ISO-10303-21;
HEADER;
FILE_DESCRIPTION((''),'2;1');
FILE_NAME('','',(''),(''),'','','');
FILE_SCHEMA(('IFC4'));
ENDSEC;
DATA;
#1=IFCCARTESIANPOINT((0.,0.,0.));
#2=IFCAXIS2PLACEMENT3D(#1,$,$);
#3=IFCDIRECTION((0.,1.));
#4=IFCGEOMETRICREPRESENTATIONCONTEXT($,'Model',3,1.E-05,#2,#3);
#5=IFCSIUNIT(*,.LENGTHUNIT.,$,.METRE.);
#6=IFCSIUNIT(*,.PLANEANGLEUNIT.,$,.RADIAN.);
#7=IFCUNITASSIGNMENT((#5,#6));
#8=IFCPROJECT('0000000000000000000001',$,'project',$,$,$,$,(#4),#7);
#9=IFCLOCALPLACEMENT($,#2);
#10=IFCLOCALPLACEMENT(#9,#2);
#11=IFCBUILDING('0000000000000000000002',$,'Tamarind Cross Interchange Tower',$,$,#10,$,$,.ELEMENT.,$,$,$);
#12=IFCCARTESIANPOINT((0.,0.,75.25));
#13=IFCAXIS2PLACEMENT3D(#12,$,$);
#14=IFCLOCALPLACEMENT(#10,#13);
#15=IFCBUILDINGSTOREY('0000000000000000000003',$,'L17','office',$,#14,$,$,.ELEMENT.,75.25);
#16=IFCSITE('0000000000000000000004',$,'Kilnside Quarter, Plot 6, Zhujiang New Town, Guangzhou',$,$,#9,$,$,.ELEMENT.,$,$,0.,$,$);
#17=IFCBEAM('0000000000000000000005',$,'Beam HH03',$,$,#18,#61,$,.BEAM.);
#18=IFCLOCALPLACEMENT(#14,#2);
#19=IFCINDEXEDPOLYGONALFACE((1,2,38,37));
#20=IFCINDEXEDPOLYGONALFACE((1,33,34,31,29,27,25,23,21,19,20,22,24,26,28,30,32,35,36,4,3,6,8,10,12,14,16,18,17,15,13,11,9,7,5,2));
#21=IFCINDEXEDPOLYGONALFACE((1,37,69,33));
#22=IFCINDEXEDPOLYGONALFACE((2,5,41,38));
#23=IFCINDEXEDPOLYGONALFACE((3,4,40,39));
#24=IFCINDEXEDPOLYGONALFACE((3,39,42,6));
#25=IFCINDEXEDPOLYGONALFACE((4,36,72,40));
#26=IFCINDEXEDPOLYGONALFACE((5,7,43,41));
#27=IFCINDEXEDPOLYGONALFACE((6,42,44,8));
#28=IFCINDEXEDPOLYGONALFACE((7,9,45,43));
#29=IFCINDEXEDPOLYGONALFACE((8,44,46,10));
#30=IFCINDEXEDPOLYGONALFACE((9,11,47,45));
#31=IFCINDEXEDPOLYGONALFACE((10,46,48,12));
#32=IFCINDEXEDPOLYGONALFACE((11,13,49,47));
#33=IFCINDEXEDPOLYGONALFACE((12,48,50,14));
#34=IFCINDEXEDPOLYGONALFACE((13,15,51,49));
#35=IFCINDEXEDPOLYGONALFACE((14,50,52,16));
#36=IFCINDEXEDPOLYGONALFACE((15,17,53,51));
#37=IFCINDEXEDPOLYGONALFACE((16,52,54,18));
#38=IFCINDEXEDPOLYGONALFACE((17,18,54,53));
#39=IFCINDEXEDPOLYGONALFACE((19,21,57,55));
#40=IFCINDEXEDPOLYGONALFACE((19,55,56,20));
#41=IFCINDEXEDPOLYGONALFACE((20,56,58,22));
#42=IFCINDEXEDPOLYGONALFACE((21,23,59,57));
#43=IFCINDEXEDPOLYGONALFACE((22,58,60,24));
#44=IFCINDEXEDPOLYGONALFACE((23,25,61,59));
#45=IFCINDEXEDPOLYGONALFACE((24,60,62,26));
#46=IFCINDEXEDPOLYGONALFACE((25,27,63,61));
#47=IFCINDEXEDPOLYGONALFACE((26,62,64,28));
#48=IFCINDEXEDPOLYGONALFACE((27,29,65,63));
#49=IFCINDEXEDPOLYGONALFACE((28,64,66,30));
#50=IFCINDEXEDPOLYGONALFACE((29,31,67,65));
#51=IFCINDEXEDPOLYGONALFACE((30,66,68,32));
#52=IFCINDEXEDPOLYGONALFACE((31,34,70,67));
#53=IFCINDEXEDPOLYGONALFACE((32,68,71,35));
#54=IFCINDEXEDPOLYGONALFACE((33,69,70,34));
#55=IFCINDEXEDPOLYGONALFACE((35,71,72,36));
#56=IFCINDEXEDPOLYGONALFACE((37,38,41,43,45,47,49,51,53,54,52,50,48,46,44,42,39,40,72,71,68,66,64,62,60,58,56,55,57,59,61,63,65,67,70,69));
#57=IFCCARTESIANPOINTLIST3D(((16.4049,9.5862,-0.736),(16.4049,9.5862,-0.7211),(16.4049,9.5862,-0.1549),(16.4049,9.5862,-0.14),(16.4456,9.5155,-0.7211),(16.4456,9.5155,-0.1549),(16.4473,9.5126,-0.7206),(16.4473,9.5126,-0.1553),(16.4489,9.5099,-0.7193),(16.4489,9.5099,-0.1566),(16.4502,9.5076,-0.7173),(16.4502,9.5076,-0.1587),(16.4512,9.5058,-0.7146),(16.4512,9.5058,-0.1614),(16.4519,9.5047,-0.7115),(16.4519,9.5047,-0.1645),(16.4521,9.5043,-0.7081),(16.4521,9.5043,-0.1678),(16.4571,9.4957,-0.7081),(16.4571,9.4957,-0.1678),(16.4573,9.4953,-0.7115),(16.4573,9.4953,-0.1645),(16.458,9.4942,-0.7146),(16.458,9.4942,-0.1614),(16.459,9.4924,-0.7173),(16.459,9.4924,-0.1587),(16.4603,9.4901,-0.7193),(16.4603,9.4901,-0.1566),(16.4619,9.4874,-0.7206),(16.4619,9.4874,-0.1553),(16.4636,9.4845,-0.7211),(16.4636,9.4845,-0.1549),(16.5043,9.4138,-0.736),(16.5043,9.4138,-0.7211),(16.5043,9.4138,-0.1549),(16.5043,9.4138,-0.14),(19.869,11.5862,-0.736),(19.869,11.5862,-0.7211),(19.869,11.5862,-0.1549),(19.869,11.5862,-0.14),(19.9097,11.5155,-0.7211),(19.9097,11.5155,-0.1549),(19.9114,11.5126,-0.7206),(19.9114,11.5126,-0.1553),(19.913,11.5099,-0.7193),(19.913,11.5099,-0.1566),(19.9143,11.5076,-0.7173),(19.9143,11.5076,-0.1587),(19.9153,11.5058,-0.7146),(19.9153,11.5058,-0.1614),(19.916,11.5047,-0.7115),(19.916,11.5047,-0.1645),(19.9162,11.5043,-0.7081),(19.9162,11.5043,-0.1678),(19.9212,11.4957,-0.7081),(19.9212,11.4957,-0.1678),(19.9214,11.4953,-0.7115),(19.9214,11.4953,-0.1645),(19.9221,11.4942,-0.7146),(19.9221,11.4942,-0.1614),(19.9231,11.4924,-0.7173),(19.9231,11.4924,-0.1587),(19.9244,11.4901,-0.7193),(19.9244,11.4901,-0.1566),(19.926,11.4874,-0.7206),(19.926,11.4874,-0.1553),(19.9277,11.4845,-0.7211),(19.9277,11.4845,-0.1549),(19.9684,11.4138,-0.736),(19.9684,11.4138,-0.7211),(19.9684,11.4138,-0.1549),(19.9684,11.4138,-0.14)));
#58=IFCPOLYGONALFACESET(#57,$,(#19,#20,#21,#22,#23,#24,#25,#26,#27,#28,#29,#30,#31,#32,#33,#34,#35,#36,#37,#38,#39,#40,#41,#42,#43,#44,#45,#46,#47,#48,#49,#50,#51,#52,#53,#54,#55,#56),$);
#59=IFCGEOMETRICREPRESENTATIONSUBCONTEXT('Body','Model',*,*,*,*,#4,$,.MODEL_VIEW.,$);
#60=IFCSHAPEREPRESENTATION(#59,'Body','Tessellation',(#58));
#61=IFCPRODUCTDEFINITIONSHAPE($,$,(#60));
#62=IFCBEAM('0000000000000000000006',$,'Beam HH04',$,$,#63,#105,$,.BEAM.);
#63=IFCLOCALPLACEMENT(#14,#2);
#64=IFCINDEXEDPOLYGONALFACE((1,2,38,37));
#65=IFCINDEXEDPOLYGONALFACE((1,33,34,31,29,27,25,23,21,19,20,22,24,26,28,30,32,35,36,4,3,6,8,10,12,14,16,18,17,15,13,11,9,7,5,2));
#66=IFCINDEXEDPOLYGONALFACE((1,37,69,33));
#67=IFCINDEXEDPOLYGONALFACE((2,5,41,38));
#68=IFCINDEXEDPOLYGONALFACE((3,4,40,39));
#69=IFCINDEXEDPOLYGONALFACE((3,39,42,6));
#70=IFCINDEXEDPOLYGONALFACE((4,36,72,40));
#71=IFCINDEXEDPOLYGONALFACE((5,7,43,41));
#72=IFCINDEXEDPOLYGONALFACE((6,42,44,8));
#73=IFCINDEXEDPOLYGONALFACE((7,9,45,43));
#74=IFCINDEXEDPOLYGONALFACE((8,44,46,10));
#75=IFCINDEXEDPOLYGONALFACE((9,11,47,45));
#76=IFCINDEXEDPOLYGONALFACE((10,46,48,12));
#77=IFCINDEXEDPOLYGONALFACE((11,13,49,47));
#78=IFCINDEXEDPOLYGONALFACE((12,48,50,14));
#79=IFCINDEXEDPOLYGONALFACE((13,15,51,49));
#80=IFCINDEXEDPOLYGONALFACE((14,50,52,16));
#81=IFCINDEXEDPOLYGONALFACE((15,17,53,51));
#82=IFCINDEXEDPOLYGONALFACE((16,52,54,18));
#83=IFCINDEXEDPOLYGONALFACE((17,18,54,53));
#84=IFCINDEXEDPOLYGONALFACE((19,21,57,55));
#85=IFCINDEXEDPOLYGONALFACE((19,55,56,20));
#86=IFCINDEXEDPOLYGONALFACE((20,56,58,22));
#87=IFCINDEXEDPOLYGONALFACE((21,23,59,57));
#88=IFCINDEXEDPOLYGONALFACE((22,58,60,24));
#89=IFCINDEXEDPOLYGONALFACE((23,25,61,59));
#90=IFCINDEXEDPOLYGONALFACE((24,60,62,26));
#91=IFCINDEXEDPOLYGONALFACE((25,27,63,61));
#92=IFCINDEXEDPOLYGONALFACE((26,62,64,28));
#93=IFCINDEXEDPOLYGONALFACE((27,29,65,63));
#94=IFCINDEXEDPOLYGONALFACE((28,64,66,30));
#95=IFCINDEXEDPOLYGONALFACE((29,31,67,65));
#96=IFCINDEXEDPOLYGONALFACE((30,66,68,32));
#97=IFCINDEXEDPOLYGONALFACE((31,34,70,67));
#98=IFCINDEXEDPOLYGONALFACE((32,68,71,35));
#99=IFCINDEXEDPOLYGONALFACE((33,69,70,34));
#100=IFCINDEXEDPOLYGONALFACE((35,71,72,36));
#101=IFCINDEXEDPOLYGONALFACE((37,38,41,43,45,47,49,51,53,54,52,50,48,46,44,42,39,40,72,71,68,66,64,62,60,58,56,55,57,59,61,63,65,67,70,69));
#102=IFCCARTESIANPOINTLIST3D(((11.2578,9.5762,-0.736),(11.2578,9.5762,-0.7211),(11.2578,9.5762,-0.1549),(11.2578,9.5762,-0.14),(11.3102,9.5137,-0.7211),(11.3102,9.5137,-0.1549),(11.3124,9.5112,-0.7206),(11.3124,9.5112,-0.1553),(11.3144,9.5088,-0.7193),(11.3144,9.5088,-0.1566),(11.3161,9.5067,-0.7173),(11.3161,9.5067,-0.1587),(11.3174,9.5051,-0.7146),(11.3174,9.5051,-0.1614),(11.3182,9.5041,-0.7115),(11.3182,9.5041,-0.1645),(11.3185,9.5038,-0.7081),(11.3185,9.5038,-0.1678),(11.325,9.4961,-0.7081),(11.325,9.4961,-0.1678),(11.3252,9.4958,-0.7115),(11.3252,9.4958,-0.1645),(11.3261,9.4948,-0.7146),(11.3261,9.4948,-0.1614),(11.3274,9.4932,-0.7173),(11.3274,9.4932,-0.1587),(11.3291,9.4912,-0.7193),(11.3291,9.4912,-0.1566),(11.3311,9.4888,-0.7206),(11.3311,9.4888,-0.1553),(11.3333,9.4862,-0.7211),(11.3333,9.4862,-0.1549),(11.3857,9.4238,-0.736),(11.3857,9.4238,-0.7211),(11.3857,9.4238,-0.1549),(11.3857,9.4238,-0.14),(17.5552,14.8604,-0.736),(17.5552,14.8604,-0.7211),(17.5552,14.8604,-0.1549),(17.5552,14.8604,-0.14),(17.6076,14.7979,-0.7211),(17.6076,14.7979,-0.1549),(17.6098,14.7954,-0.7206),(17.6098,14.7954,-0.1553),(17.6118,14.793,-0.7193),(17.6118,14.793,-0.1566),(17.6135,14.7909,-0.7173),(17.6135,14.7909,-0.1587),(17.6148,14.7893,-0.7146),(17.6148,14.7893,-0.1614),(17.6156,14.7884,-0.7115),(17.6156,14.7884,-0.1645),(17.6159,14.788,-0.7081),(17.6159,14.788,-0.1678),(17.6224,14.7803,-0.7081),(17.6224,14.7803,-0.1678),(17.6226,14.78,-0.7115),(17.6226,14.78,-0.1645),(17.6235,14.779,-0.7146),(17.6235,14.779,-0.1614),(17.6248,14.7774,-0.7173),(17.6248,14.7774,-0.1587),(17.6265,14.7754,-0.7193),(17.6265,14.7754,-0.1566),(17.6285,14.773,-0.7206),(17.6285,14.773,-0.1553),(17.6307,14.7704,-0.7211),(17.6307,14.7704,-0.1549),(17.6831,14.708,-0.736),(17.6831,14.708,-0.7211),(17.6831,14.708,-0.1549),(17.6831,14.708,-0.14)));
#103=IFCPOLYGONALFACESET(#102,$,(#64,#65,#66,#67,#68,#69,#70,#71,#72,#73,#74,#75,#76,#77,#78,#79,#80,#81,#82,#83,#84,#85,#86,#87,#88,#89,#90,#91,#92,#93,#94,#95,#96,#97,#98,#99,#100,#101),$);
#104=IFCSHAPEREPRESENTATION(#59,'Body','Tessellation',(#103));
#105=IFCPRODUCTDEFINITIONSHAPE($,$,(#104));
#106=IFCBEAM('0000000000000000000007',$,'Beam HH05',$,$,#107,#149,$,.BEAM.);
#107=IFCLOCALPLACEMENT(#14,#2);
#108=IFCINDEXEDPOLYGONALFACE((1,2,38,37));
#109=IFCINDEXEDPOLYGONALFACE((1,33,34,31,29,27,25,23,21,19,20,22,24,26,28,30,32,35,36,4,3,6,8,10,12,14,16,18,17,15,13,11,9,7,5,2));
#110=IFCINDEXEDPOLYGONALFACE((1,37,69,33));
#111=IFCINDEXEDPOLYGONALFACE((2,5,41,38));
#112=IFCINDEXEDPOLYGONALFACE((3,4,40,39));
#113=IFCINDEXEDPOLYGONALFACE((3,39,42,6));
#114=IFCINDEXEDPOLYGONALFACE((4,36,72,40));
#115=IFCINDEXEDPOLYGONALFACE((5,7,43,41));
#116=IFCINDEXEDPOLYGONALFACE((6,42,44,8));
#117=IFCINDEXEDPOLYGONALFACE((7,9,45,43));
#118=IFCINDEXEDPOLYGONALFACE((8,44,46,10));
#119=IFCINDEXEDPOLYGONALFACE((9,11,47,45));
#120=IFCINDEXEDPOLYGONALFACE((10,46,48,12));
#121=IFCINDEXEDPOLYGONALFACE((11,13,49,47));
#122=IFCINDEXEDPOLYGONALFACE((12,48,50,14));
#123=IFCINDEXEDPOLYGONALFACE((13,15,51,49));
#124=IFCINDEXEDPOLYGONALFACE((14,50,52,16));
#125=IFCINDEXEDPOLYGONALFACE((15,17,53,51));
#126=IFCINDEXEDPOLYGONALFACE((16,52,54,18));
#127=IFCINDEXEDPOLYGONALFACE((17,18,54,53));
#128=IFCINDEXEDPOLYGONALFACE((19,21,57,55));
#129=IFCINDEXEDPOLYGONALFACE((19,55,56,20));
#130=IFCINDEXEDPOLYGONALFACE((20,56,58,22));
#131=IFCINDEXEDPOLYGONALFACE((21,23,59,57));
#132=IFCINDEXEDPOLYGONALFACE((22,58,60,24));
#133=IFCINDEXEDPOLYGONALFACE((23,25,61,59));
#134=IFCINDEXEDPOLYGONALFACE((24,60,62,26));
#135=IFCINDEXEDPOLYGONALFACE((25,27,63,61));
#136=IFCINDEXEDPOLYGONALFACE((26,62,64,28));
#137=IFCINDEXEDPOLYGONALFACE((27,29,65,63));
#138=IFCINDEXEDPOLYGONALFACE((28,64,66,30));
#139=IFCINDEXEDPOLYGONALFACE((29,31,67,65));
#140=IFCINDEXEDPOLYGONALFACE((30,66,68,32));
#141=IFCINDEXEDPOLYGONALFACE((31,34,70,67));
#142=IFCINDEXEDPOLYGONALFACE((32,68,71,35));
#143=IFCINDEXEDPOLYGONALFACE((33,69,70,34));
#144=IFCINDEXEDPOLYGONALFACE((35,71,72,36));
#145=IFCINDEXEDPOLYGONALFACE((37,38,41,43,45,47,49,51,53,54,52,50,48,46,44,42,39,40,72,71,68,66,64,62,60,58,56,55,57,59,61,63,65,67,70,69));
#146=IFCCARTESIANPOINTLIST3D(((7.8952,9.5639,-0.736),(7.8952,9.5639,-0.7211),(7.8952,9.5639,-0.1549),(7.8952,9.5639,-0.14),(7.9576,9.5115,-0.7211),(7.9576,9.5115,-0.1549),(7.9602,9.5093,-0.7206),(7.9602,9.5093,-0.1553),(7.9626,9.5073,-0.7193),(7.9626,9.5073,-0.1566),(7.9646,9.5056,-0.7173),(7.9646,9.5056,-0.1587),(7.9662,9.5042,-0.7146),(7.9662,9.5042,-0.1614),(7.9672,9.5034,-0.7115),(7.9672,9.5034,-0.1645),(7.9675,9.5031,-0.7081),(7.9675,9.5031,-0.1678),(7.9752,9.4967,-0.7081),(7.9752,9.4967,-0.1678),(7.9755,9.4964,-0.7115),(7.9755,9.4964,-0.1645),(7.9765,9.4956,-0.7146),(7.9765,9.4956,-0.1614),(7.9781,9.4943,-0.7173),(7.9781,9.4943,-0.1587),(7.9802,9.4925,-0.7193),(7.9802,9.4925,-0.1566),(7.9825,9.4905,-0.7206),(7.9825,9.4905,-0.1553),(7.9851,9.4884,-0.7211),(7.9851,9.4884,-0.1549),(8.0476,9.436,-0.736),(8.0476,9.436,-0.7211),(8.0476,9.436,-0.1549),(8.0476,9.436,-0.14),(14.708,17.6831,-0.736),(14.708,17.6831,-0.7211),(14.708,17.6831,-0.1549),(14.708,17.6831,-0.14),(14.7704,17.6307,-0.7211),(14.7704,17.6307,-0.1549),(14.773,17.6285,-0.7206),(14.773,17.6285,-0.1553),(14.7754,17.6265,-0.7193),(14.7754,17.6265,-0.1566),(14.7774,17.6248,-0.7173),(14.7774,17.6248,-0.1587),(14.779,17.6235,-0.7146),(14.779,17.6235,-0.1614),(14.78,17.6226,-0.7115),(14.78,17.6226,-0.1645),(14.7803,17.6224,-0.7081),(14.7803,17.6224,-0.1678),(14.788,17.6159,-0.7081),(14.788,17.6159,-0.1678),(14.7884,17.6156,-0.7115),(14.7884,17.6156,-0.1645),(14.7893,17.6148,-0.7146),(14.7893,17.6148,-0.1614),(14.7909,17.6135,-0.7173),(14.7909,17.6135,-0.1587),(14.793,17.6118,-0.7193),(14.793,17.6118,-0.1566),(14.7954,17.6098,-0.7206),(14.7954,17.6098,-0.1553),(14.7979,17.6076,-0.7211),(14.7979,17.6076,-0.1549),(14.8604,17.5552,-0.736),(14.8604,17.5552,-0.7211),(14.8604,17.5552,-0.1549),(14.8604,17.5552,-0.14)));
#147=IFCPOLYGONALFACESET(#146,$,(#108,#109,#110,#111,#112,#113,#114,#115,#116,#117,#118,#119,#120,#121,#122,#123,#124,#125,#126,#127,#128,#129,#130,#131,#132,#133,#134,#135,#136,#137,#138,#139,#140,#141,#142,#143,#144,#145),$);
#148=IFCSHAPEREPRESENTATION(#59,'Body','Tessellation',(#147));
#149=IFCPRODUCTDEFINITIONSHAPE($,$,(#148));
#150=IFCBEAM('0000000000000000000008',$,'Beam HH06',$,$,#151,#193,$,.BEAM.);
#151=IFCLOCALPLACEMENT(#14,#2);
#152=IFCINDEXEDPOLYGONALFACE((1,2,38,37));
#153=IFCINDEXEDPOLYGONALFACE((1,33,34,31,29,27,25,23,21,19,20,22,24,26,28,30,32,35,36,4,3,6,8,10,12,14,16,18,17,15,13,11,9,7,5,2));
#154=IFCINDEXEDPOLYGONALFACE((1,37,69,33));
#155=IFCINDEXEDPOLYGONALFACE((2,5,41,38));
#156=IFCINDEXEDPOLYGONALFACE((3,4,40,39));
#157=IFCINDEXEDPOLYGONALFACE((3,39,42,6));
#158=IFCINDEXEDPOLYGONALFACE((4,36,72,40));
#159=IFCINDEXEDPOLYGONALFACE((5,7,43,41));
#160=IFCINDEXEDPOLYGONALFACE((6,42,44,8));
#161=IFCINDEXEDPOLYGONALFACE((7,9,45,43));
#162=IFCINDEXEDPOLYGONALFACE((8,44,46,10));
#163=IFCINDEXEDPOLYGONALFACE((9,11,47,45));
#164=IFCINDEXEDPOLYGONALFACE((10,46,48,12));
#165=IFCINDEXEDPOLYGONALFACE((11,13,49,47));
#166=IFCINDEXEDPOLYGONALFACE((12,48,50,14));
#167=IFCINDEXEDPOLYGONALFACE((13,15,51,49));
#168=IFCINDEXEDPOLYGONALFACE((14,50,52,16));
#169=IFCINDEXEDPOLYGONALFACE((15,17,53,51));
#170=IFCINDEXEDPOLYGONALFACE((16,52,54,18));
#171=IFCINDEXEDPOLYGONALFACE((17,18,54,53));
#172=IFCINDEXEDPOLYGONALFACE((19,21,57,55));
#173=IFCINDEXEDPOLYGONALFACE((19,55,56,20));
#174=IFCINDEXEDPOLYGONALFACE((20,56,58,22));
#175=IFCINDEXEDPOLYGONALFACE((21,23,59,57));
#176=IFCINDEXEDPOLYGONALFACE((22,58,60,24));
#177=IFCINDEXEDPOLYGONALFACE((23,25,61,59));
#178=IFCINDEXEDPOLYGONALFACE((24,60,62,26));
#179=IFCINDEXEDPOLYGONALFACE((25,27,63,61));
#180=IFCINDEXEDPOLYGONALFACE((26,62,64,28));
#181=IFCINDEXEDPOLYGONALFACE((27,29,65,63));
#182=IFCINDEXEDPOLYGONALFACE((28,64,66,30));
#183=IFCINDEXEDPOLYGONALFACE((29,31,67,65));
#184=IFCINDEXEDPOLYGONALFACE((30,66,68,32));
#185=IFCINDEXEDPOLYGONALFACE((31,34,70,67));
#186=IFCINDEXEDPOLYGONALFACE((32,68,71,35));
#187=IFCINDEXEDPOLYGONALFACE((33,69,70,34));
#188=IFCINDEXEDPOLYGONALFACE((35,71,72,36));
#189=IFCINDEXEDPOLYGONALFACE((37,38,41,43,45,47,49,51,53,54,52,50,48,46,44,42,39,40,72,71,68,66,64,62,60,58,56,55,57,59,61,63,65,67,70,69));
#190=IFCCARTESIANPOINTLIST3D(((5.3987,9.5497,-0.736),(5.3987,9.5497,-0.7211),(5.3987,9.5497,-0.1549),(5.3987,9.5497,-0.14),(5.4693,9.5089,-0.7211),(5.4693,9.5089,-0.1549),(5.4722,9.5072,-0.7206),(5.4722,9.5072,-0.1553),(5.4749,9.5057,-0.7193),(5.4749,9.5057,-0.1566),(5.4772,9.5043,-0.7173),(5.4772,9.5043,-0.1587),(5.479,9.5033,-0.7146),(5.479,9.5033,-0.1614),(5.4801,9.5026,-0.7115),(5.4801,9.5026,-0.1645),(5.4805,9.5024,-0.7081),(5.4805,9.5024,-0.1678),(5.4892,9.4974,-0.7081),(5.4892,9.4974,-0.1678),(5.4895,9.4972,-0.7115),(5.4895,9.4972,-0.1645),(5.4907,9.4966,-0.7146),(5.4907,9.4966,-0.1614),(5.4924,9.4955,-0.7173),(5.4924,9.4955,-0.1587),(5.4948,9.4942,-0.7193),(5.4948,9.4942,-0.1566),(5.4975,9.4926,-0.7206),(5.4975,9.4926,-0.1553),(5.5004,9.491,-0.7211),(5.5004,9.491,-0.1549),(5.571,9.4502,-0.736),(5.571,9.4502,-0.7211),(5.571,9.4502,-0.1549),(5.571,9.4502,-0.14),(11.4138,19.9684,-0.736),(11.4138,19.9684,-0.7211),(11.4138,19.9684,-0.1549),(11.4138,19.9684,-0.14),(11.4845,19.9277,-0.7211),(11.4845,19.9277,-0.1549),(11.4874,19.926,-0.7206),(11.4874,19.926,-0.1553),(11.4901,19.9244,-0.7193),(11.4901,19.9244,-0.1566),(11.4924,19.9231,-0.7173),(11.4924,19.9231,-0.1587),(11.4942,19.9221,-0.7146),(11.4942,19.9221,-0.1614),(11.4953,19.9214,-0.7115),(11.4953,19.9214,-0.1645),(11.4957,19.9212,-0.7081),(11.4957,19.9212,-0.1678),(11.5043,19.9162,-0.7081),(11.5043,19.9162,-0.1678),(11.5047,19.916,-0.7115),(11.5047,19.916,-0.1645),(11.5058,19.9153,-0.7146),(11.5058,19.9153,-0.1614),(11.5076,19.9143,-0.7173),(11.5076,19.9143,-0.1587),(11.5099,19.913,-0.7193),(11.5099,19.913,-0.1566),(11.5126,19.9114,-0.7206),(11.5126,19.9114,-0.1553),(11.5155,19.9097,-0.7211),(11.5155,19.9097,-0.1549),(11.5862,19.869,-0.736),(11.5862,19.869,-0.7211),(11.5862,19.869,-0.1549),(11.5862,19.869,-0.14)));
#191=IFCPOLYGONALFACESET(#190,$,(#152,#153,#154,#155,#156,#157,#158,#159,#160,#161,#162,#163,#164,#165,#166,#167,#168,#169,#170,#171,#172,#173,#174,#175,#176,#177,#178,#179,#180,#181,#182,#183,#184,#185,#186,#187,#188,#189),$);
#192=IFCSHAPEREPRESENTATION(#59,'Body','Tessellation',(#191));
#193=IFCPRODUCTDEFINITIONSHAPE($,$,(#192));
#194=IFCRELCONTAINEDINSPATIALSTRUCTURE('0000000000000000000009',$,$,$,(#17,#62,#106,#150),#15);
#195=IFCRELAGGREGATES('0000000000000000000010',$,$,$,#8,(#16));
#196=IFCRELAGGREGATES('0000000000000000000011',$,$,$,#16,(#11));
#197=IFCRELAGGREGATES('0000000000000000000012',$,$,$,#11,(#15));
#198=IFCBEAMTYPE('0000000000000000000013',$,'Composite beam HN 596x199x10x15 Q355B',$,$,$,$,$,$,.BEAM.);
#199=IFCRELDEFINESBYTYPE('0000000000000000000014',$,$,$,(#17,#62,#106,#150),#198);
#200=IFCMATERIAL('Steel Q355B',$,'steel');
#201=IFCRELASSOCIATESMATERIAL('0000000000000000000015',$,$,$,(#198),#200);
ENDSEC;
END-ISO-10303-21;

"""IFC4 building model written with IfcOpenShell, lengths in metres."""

from ifc_helpers import new_model, si_unit, direction, frame, origin, origin_2d, place, context, subcontext, project, spatial, i_section, extrude, material, material_profile, profile_set, type_object, element, save


model = new_model("IFC4")

# Units and contexts
model_context = context("Model", 3, precision=1e-05, world=origin(), true_north=direction((0.0, 1.0)))
body_context = subcontext(model_context, "Body", "Model", "MODEL_VIEW")
ifc_project = project(units=[si_unit("LENGTHUNIT", "METRE"), si_unit("PLANEANGLEUNIT", "RADIAN")], contexts=[model_context])

# Site, building, storey
site_placement = place(None, origin())
site = spatial("IfcSite", under=ifc_project, at=site_placement, Name="Kilnside Quarter, Plot 6, Zhujiang New Town, Guangzhou", CompositionType="ELEMENT", RefElevation=0.0)
building_placement = place(site_placement, origin())
building = spatial("IfcBuilding", under=site, at=building_placement, Name="Tamarind Cross Interchange Tower", CompositionType="ELEMENT")
storey_placement = place(building_placement, frame((0.0, 0.0, 75.25)))
storey = spatial("IfcBuildingStorey", under=building, at=storey_placement, Name="L17", Description="office", CompositionType="ELEMENT", Elevation=75.25)

# Beams
ifc_material_1 = material(Name="Steel Q355B", Category="steel")
ifc_material_profile_1 = material_profile(ifc_material_1, i_section(OverallWidth=0.199, OverallDepth=0.5959, WebThickness=0.01, FlangeThickness=0.0149, FilletRadius=0.0129, at=origin_2d()), Name="HN 596x199x10x15")
ifc_profile_set_1 = profile_set([ifc_material_profile_1], Name="Steel Q355B")
beam_type_1 = type_object("IfcBeamType", Name="Composite beam HN 596x199x10x15 Q355B", PredefinedType="BEAM", material=ifc_profile_set_1)
beam_1_placement = place(storey_placement, frame((19.9187, 11.5, -0.438), z_axis=(-0.866026, -0.499999, 0.0), x_axis=(0.499999, -0.866026, 0.0)))
element("IfcBeam", 1, at=beam_1_placement, inside=storey, type_object=beam_type_1, Name="Beam HH03", PredefinedType="BEAM", context=body_context, shape_type="SweptSolid", body=[
    extrude(i_section(OverallWidth=0.199, OverallDepth=0.5959, WebThickness=0.01, FlangeThickness=0.0149, FilletRadius=0.0129, at=origin_2d()), origin(), (0.0, 0.0, 1.0), 4.0),
])
beam_2_placement = place(storey_placement, frame((17.6191, 14.7842, -0.438), z_axis=(-0.766041, -0.642792, 0.0), x_axis=(0.642792, -0.766041, 0.0)))
element("IfcBeam", 2, at=beam_2_placement, inside=storey, type_object=beam_type_1, Name="Beam HH04", PredefinedType="BEAM", context=body_context, shape_type="SweptSolid", body=[
    extrude(i_section(OverallWidth=0.199, OverallDepth=0.5959, WebThickness=0.01, FlangeThickness=0.0149, FilletRadius=0.0129, at=origin_2d()), origin(), (0.0, 0.0, 1.0), 8.2207),
])
beam_3_placement = place(storey_placement, frame((14.7842, 17.6191, -0.438), z_axis=(-0.642786, -0.766046, 0.0), x_axis=(0.766046, -0.642786, 0.0)))
element("IfcBeam", 3, at=beam_3_placement, inside=storey, type_object=beam_type_1, Name="Beam HH05", PredefinedType="BEAM", context=body_context, shape_type="SweptSolid", body=[
    extrude(i_section(OverallWidth=0.199, OverallDepth=0.5959, WebThickness=0.01, FlangeThickness=0.0149, FilletRadius=0.0129, at=origin_2d()), origin(), (0.0, 0.0, 1.0), 10.5989),
])
beam_4_placement = place(storey_placement, frame((11.5, 19.9187, -0.438), z_axis=(-0.499994, -0.866029, 0.0), x_axis=(0.866029, -0.499994, 0.0)))
element("IfcBeam", 4, at=beam_4_placement, inside=storey, type_object=beam_type_1, Name="Beam HH06", PredefinedType="BEAM", context=body_context, shape_type="SweptSolid", body=[
    extrude(i_section(OverallWidth=0.199, OverallDepth=0.5959, WebThickness=0.01, FlangeThickness=0.0149, FilletRadius=0.0129, at=origin_2d()), origin(), (0.0, 0.0, 1.0), 12.0305),
])

save(model, "model.ifc")
